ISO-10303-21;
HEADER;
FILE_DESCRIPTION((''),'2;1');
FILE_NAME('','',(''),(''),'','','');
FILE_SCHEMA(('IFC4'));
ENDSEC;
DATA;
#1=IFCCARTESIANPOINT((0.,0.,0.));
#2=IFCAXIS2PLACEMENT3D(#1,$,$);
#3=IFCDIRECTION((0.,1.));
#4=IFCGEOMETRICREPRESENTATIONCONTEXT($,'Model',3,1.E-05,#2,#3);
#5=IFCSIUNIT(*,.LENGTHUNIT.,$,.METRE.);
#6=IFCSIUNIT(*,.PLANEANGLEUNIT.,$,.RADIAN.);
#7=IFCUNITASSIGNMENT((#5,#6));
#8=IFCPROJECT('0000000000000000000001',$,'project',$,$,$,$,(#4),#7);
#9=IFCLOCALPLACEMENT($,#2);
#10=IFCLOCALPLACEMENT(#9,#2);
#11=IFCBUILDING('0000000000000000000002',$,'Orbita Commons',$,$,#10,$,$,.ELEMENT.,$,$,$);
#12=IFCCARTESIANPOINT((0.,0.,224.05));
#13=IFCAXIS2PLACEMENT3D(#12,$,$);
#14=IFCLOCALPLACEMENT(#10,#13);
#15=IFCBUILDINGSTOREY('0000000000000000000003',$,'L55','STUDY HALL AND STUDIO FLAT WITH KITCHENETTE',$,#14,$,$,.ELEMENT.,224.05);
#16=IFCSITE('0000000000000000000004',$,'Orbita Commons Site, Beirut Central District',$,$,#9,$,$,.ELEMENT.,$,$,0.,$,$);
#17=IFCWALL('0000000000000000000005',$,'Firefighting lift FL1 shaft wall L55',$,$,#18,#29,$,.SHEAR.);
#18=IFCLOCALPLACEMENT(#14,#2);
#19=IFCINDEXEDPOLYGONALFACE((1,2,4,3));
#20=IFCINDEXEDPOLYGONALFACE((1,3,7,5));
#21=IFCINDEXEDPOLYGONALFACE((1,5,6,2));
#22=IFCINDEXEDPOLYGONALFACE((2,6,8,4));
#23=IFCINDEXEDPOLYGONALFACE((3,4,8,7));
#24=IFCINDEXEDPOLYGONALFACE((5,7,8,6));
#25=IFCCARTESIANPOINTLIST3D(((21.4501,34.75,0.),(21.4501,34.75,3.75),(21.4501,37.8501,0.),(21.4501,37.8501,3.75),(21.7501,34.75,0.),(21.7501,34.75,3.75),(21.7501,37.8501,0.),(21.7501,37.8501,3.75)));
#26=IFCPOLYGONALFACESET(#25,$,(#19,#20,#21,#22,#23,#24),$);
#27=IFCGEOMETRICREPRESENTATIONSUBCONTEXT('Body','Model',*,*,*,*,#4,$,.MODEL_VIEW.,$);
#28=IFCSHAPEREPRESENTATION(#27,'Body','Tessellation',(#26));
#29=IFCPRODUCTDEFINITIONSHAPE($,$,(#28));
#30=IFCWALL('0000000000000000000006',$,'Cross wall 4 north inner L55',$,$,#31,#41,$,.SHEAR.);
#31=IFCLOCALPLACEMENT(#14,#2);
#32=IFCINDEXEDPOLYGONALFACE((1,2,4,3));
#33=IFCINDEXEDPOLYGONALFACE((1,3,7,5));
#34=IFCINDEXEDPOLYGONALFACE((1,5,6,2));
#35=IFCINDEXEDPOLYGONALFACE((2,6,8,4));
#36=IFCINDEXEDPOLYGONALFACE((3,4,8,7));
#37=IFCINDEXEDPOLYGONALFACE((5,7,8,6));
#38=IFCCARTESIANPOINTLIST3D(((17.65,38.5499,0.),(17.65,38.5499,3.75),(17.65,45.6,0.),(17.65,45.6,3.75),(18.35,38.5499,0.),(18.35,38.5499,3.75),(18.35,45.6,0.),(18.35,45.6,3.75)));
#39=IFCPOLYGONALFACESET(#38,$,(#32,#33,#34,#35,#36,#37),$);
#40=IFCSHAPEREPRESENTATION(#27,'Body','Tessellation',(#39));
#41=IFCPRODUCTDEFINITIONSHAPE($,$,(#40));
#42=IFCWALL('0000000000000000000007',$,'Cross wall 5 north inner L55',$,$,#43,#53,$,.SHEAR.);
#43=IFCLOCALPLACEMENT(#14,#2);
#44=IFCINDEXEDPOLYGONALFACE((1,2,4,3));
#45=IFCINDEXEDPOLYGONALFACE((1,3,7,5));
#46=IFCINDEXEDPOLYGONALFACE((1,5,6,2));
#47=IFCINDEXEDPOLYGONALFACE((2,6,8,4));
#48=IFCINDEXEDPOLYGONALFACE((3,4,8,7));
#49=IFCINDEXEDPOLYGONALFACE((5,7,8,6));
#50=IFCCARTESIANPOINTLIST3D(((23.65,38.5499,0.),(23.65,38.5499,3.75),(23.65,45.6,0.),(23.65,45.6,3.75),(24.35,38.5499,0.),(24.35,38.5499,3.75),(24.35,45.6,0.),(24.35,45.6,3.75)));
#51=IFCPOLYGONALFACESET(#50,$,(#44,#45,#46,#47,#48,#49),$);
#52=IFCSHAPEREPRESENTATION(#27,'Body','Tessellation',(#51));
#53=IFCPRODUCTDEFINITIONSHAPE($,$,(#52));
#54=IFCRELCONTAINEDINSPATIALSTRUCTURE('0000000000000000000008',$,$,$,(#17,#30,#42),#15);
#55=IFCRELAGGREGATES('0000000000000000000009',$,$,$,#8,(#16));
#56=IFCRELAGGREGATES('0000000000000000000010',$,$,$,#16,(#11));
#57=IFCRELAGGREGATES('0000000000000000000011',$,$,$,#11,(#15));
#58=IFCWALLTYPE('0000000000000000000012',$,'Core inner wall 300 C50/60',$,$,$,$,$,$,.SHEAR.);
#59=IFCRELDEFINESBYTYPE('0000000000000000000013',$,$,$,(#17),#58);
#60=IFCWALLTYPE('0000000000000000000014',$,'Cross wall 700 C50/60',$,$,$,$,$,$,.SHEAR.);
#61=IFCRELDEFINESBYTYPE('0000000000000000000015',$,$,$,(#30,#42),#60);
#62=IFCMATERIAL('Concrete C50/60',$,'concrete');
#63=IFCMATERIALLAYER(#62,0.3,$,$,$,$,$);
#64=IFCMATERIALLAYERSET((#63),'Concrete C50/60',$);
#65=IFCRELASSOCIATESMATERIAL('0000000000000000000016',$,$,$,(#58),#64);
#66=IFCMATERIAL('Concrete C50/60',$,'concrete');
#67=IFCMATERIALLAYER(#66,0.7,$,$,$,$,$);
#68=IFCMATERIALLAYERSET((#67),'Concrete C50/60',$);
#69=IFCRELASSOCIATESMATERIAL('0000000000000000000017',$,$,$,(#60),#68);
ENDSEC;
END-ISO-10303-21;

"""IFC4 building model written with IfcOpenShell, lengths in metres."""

from ifc_helpers import new_model, si_unit, direction, frame, frame_2d, origin, place, context, subcontext, project, spatial, rectangle, extrude, material, layer, layer_set, type_object, element, save


model = new_model("IFC4")

# Units and contexts
model_context = context("Model", 3, precision=1e-05, world=origin(), true_north=direction((0.0, 1.0)))
body_context = subcontext(model_context, "Body", "Model", "MODEL_VIEW")
ifc_project = project(units=[si_unit("LENGTHUNIT", "METRE"), si_unit("PLANEANGLEUNIT", "RADIAN")], contexts=[model_context])

# Site, building, storey
site_placement = place(None, origin())
site = spatial("IfcSite", under=ifc_project, at=site_placement, Name="Orbita Commons Site, Beirut Central District", CompositionType="ELEMENT", RefElevation=0.0)
building_placement = place(site_placement, origin())
building = spatial("IfcBuilding", under=site, at=building_placement, Name="Orbita Commons", CompositionType="ELEMENT")
storey_placement = place(building_placement, frame((0.0, 0.0, 224.05)))
storey = spatial("IfcBuildingStorey", under=building, at=storey_placement, Name="L55", Description="STUDY HALL AND STUDIO FLAT WITH KITCHENETTE", CompositionType="ELEMENT", Elevation=224.05)

# Shared definitions
ifc_material_1 = material(Name="Concrete C50/60", Category="concrete")
ifc_layer_1 = layer(ifc_material_1, 0.3)
ifc_layer_set_1 = layer_set([ifc_layer_1], Name="Concrete C50/60")
wall_type_1 = type_object("IfcWallType", Name="Core inner wall 300 C50/60", PredefinedType="SHEAR", material=ifc_layer_set_1)

# Walls
wall_1_placement = place(storey_placement, frame((21.6001, 34.75, 0.0), z_axis=(0.0, 0.0, 1.0), x_axis=(0.0, 1.0, 0.0)))
element("IfcWall", 1, at=wall_1_placement, inside=storey, type_object=wall_type_1, Name="Firefighting lift FL1 shaft wall L55", PredefinedType="SHEAR", context=body_context, shape_type="SweptSolid", body=[
    extrude(rectangle(XDim=3.1001, YDim=0.3, at=frame_2d((1.55, 0.0))), origin(), (0.0, 0.0, 1.0), 3.75),
])
ifc_material_2 = material(Name="Concrete C50/60", Category="concrete")
ifc_layer_2 = layer(ifc_material_2, 0.7)
ifc_layer_set_2 = layer_set([ifc_layer_2], Name="Concrete C50/60")
wall_type_2 = type_object("IfcWallType", Name="Cross wall 700 C50/60", PredefinedType="SHEAR", material=ifc_layer_set_2)
for number, where, z_axis, x_axis, name in (
    (2, (18.0, 38.55, 0.0), (0.0, 0.0, 1.0), (0.0, 1.0, 0.0), "Cross wall 4 north inner L55"),
    (3, (24.0, 38.55, 0.0), (0.0, 0.0, 1.0), (0.0, 1.0, 0.0), "Cross wall 5 north inner L55"),
):
    element("IfcWall", number, at=place(storey_placement, frame(where, z_axis=z_axis, x_axis=x_axis)), inside=storey, type_object=wall_type_2, Name=name, PredefinedType="SHEAR", context=body_context, shape_type="SweptSolid", body=[
        extrude(rectangle(XDim=7.05, YDim=0.7, at=frame_2d((3.5249, 0.0))), origin(), (0.0, 0.0, 1.0), 3.75),
    ])

save(model, "model.ifc")
